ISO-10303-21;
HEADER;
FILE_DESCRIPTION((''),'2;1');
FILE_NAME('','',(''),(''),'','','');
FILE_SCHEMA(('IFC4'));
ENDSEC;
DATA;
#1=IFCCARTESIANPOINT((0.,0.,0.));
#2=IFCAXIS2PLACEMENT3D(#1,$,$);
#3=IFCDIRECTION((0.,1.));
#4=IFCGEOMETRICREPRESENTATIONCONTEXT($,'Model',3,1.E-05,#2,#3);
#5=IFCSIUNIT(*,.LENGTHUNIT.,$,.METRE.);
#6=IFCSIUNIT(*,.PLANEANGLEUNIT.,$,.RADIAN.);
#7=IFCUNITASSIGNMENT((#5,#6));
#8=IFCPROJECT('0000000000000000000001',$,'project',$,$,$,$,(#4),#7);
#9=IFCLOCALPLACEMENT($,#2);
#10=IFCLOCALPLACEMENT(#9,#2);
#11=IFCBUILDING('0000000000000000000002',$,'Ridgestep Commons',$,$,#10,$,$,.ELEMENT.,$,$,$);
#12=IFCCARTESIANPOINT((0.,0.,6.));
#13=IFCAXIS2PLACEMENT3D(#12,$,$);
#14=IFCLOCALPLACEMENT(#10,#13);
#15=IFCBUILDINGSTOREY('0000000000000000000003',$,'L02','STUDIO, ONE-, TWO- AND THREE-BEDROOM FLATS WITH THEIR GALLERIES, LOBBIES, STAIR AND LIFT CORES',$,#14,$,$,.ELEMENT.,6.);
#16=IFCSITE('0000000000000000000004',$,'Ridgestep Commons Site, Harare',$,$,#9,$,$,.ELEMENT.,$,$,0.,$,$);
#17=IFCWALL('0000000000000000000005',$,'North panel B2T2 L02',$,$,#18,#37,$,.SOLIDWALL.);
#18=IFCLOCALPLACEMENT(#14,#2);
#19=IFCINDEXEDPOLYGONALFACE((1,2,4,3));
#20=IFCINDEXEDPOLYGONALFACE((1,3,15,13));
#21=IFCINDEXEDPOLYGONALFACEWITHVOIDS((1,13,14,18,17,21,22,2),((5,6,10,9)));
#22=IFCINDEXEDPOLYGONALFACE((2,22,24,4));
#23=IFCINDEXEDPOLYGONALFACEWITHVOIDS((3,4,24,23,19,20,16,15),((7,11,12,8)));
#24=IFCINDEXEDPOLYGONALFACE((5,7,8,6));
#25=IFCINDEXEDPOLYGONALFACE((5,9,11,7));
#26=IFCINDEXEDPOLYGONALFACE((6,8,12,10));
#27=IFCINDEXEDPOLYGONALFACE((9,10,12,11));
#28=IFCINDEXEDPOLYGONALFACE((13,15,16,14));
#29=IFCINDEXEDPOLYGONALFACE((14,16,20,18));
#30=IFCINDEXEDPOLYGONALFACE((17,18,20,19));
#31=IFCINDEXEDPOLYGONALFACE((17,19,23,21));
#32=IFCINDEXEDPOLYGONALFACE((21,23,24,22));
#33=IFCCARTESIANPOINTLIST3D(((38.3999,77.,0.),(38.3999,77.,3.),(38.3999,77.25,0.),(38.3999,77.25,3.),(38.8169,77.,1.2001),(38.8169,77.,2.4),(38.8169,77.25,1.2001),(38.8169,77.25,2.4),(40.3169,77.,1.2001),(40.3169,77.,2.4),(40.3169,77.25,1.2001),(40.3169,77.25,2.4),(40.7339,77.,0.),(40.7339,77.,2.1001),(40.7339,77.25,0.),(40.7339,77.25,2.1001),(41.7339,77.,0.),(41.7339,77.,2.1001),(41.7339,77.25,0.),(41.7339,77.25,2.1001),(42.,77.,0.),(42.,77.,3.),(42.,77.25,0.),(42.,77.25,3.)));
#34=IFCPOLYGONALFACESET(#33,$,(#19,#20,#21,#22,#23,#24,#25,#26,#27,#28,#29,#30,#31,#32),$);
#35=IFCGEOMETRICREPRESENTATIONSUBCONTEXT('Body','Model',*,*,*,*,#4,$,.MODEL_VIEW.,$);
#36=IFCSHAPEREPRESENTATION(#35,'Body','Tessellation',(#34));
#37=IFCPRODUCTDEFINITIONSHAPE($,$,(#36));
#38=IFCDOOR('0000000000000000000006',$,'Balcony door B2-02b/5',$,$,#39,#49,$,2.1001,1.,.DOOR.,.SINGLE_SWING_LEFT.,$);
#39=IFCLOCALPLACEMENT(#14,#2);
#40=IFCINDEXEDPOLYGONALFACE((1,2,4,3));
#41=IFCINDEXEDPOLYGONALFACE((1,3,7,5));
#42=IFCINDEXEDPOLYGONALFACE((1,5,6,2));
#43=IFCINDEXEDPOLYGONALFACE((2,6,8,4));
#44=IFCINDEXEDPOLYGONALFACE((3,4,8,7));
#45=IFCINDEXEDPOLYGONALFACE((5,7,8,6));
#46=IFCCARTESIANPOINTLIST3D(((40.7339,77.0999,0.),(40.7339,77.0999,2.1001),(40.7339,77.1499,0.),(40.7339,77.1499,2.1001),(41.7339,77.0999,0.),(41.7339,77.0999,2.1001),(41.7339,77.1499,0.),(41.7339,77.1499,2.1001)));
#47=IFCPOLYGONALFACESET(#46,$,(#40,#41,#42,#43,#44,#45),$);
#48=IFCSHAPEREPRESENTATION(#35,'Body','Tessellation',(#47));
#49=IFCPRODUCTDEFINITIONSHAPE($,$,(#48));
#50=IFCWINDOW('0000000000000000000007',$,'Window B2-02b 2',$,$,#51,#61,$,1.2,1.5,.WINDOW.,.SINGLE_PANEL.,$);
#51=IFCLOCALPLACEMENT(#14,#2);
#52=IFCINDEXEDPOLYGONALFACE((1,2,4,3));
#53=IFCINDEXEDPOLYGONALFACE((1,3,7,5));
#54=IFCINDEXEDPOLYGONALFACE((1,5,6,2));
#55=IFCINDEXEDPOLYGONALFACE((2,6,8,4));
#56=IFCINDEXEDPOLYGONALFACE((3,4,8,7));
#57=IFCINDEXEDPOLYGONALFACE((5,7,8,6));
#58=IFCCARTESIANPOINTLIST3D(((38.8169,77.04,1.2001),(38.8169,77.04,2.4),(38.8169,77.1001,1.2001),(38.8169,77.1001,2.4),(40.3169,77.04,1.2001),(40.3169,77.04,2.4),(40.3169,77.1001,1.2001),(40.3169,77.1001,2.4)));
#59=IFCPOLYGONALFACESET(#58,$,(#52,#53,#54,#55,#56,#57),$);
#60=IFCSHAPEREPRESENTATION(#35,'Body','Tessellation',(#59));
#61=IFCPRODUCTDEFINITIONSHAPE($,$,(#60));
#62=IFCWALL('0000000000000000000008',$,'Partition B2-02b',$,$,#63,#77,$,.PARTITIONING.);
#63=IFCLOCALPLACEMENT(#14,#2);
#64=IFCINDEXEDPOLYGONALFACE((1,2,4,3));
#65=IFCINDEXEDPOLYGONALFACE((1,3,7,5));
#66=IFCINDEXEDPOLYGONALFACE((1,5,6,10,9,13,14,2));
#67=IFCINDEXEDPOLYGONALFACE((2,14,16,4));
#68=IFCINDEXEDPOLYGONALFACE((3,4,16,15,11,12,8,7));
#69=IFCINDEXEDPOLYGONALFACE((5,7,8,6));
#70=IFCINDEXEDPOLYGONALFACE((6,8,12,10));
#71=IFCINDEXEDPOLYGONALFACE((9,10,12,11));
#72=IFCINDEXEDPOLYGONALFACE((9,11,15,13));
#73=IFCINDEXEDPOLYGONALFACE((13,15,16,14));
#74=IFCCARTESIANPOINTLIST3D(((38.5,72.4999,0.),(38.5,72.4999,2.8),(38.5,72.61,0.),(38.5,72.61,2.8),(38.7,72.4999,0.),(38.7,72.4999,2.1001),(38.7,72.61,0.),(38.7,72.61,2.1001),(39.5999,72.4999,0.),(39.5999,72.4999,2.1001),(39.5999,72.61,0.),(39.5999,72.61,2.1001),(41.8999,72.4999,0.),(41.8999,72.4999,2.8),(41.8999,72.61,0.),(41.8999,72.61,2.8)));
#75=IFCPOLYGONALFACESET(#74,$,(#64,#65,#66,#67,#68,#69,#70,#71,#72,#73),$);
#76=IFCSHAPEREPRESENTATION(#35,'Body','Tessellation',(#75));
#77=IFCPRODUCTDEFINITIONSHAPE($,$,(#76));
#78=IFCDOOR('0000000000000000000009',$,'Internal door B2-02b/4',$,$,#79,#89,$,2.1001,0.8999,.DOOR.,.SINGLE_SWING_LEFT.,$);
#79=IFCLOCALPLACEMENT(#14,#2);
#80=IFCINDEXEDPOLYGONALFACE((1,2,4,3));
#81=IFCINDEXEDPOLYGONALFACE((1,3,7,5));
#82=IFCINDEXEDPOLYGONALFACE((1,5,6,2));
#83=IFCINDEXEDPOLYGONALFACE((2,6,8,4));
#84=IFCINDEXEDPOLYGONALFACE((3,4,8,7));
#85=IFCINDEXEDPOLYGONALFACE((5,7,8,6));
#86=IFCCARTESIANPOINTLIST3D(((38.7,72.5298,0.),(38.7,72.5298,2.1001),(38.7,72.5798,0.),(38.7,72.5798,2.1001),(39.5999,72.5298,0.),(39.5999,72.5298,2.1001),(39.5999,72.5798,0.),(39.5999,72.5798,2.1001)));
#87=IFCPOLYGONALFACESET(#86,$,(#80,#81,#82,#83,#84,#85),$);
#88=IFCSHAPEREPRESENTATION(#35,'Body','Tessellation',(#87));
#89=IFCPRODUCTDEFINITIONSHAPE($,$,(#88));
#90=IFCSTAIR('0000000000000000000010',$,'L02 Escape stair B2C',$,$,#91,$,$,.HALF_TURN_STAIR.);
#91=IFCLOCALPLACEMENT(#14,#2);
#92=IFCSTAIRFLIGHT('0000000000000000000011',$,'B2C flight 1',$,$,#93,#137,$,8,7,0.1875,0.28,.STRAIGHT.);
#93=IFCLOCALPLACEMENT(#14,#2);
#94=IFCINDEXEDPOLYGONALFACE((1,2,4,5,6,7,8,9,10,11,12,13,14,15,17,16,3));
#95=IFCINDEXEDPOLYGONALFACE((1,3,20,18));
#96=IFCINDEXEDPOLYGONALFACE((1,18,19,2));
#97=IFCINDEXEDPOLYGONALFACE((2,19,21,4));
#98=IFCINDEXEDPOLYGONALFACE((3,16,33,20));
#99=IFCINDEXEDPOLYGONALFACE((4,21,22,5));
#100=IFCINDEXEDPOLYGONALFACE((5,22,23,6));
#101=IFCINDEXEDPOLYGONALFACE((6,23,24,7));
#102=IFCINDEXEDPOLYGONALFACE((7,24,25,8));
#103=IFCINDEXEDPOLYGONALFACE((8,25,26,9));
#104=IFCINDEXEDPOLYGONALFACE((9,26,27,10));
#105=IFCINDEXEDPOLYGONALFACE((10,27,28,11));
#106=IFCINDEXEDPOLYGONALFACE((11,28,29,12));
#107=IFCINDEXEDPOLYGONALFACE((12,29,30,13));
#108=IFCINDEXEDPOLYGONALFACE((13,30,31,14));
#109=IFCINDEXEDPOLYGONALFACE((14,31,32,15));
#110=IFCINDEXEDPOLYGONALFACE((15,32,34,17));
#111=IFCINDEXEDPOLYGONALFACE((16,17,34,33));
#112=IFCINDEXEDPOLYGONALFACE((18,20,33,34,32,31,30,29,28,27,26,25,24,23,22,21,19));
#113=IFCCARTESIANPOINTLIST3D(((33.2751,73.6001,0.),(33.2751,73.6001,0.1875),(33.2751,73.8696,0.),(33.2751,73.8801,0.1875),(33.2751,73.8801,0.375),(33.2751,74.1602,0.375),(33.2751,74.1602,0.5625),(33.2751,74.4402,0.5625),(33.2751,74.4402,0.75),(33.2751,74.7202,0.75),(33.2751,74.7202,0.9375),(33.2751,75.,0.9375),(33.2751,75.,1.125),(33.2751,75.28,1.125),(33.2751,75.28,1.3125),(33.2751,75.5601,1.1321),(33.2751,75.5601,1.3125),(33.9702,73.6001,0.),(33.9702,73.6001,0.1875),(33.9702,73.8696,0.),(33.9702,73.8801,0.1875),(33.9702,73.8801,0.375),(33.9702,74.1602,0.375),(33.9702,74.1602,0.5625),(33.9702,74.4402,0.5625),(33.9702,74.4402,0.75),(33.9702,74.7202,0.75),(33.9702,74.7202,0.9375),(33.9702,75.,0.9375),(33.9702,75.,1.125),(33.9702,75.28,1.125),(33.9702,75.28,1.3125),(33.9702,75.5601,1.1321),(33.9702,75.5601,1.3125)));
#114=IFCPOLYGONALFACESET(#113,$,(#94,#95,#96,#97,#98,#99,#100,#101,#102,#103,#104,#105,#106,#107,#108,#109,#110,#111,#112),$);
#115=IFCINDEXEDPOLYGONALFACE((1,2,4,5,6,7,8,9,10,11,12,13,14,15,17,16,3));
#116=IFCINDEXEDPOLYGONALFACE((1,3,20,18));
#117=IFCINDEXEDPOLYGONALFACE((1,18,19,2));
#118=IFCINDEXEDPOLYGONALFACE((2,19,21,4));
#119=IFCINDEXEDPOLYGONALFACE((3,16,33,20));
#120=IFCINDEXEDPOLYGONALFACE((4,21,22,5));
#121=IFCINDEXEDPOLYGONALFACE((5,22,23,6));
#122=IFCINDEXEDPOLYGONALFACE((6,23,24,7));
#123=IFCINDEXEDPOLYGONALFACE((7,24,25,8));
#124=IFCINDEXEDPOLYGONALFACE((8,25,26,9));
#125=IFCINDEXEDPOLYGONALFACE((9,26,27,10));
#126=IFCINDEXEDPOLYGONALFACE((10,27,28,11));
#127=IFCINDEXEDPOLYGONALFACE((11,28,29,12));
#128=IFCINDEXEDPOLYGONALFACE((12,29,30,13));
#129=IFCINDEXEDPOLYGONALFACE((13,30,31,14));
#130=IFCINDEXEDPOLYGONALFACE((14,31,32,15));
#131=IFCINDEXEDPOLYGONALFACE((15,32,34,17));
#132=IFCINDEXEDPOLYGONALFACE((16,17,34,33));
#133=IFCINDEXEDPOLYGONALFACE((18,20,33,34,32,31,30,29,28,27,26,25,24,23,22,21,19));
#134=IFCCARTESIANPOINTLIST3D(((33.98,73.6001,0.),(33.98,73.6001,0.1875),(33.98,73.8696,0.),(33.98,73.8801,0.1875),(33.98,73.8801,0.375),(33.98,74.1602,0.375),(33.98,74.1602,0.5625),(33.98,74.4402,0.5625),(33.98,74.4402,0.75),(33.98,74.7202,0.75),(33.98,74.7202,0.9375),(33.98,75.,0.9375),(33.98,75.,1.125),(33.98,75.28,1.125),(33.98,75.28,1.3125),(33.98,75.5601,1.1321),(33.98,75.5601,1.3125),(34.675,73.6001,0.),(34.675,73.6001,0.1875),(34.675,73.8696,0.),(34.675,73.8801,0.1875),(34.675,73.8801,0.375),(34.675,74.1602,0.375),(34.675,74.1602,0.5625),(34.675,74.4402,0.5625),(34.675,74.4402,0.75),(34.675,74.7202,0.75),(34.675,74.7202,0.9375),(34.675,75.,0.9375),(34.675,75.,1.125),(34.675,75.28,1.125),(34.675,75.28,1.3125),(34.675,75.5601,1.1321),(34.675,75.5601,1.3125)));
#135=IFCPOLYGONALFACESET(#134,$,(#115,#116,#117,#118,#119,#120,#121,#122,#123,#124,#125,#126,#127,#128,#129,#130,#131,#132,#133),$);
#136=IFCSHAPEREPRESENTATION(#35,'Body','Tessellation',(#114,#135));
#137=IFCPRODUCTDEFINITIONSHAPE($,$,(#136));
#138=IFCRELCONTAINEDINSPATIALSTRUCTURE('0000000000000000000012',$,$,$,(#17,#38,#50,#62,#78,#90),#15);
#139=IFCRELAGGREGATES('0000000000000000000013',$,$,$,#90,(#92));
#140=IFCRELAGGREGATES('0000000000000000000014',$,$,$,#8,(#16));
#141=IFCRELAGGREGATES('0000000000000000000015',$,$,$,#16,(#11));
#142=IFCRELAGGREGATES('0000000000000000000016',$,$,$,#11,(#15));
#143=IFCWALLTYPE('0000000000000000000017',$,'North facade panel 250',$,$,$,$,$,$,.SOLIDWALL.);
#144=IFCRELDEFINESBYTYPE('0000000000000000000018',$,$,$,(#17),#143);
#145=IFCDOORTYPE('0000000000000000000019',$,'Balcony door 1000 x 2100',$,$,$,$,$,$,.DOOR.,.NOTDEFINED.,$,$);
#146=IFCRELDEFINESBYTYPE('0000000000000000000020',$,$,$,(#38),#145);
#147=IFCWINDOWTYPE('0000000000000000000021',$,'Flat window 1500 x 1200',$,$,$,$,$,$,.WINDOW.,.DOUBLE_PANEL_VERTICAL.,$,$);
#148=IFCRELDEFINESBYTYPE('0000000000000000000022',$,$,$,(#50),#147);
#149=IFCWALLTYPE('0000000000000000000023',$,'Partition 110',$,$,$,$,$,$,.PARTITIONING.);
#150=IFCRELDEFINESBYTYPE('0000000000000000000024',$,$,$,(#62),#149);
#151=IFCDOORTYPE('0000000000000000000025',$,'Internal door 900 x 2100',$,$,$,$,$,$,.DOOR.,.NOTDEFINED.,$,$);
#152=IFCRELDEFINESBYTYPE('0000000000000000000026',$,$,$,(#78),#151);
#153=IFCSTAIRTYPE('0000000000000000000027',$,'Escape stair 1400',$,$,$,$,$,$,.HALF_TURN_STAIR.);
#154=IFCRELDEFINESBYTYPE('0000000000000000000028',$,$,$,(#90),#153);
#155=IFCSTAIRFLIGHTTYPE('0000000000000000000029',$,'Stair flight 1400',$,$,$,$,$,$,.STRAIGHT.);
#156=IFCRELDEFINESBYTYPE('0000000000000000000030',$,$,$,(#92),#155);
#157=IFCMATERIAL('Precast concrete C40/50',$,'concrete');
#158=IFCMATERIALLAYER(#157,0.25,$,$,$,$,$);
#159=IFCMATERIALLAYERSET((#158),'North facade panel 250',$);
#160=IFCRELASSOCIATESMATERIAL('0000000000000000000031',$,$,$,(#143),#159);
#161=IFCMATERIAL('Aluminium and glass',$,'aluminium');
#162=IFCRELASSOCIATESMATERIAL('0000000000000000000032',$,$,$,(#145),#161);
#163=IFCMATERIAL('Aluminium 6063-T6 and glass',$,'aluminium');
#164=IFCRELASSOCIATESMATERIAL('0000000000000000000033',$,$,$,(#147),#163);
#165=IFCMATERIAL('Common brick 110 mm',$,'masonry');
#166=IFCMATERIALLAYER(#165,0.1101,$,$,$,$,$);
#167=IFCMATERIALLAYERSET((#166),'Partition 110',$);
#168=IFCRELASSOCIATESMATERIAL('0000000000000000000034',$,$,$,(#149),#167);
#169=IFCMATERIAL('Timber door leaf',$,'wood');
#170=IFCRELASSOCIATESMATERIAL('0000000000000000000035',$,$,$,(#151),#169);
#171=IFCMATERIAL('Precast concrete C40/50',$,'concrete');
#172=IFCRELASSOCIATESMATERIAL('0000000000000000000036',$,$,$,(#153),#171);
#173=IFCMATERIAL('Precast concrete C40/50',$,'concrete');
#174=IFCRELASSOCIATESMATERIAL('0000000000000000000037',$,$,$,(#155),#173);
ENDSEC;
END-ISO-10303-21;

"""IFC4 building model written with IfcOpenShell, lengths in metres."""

from ifc_helpers import new_model, si_unit, direction, frame, frame_2d, origin, place, context, subcontext, project, spatial, polyline, rectangle, outline, extrude, material, layer, layer_set, type_object, element, fill, aggregate, save


model = new_model("IFC4")

# Units and contexts
model_context = context("Model", 3, precision=1e-05, world=origin(), true_north=direction((0.0, 1.0)))
body_context = subcontext(model_context, "Body", "Model", "MODEL_VIEW")
ifc_project = project(units=[si_unit("LENGTHUNIT", "METRE"), si_unit("PLANEANGLEUNIT", "RADIAN")], contexts=[model_context])

# Site, building, storey
site_placement = place(None, origin())
site = spatial("IfcSite", under=ifc_project, at=site_placement, Name="Ridgestep Commons Site, Harare", CompositionType="ELEMENT", RefElevation=0.0)
building_placement = place(site_placement, origin())
building = spatial("IfcBuilding", under=site, at=building_placement, Name="Ridgestep Commons", CompositionType="ELEMENT")
storey_placement = place(building_placement, frame((0.0, 0.0, 6.0)))
storey = spatial("IfcBuildingStorey", under=building, at=storey_placement, Name="L02", Description="STUDIO, ONE-, TWO- AND THREE-BEDROOM FLATS WITH THEIR GALLERIES, LOBBIES, STAIR AND LIFT CORES", CompositionType="ELEMENT", Elevation=6.0)

# Shared definitions
ifc_material_1 = material(Name="Precast concrete C40/50", Category="concrete")
ifc_layer_1 = layer(ifc_material_1, 0.25)
ifc_layer_set_1 = layer_set([ifc_layer_1], Name="North facade panel 250")
wall_type_1 = type_object("IfcWallType", Name="North facade panel 250", PredefinedType="SOLIDWALL", material=ifc_layer_set_1)

# Wall, openings, door, window
wall_1_placement = place(storey_placement, frame((38.3999, 77.125, 0.0), z_axis=(0.0, 0.0, 1.0), x_axis=(1.0, 0.0, 0.0)))
wall_1 = element("IfcWall", 1, at=wall_1_placement, inside=storey, type_object=wall_type_1, Name="North panel B2T2 L02", PredefinedType="SOLIDWALL", context=body_context, shape_type="SweptSolid", body=[
    extrude(rectangle(XDim=3.6001, YDim=0.25, at=frame_2d((1.8, 0.0))), origin(), (0.0, 0.0, 1.0), 3.0),
])
opening_1_placement = place(wall_1_placement, frame((0.417, 0.0, 1.2)))
opening_1 = element("IfcOpeningElement", 2, at=opening_1_placement, cuts=wall_1, PredefinedType="OPENING", context=body_context, shape_type="SweptSolid", body=[
    extrude(rectangle(XDim=1.5, YDim=1.2, at=frame_2d((0.75, 0.6001))), frame((0.0, 0.135, 0.0), z_axis=(0.0, -1.0, 0.0), x_axis=(1.0, 0.0, 0.0)), (0.0, 0.0, 1.0), 0.27),
])
opening_2_placement = place(wall_1_placement, frame((2.334, 0.0, 0.0)))
opening_2 = element("IfcOpeningElement", 3, at=opening_2_placement, cuts=wall_1, PredefinedType="OPENING", context=body_context, shape_type="SweptSolid", body=[
    extrude(rectangle(XDim=1.0, YDim=2.1001, at=frame_2d((0.5, 1.05))), frame((0.0, 0.135, 0.0), z_axis=(0.0, -1.0, 0.0), x_axis=(1.0, 0.0, 0.0)), (0.0, 0.0, 1.0), 0.27),
])
ifc_material_2 = material(Name="Aluminium and glass", Category="aluminium")
door_type_1 = type_object("IfcDoorType", Name="Balcony door 1000 x 2100", OperationType="NOTDEFINED", PredefinedType="DOOR", material=ifc_material_2)
door_1_placement = place(opening_2_placement, origin())
door_1 = element("IfcDoor", 4, at=door_1_placement, inside=storey, type_object=door_type_1, Name="Balcony door B2-02b/5", OperationType="SINGLE_SWING_LEFT", OverallHeight=2.1001, OverallWidth=1.0, PredefinedType="DOOR", context=body_context, shape_type="SweptSolid", body=[
    extrude(rectangle(XDim=1.0, YDim=2.1001, at=frame_2d((0.5, 1.05))), frame((0.0, 0.0249, 0.0), z_axis=(0.0, -1.0, 0.0), x_axis=(1.0, 0.0, 0.0)), (0.0, 0.0, 1.0), 0.05),
])
fill(opening_2, door_1)
ifc_material_3 = material(Name="Aluminium 6063-T6 and glass", Category="aluminium")
window_type_1 = type_object("IfcWindowType", Name="Flat window 1500 x 1200", PartitioningType="DOUBLE_PANEL_VERTICAL", PredefinedType="WINDOW", material=ifc_material_3)
window_1_placement = place(opening_1_placement, origin())
window_1 = element("IfcWindow", 5, at=window_1_placement, inside=storey, type_object=window_type_1, Name="Window B2-02b 2", OverallHeight=1.2, OverallWidth=1.5, PartitioningType="SINGLE_PANEL", PredefinedType="WINDOW", context=body_context, shape_type="SweptSolid", body=[
    extrude(rectangle(XDim=1.5, YDim=1.2, at=frame_2d((0.75, 0.6001))), frame((0.0, -0.0249, 0.0), z_axis=(0.0, -1.0, 0.0), x_axis=(1.0, 0.0, 0.0)), (0.0, 0.0, 1.0), 0.0601),
])
fill(opening_1, window_1)

# Wall, opening, door
ifc_material_4 = material(Name="Common brick 110 mm", Category="masonry")
ifc_layer_2 = layer(ifc_material_4, 0.1101)
ifc_layer_set_2 = layer_set([ifc_layer_2], Name="Partition 110")
wall_type_2 = type_object("IfcWallType", Name="Partition 110", PredefinedType="PARTITIONING", material=ifc_layer_set_2)
wall_2_placement = place(storey_placement, frame((38.5, 72.5549, 0.0), z_axis=(0.0, 0.0, 1.0), x_axis=(1.0, 0.0, 0.0)))
wall_2 = element("IfcWall", 6, at=wall_2_placement, inside=storey, type_object=wall_type_2, Name="Partition B2-02b", PredefinedType="PARTITIONING", context=body_context, shape_type="SweptSolid", body=[
    extrude(rectangle(XDim=3.3999, YDim=0.1101, at=frame_2d((1.7, 0.0))), origin(), (0.0, 0.0, 1.0), 2.8),
])
opening_3_placement = place(wall_2_placement, frame((0.2, 0.0, 0.0)))
opening_3 = element("IfcOpeningElement", 7, at=opening_3_placement, cuts=wall_2, PredefinedType="OPENING", context=body_context, shape_type="SweptSolid", body=[
    extrude(rectangle(XDim=0.8999, YDim=2.1001, at=frame_2d((0.45, 1.05))), frame((0.0, 0.0649, 0.0), z_axis=(0.0, -1.0, 0.0), x_axis=(1.0, 0.0, 0.0)), (0.0, 0.0, 1.0), 0.1301),
])
ifc_material_5 = material(Name="Timber door leaf", Category="wood")
door_type_2 = type_object("IfcDoorType", Name="Internal door 900 x 2100", OperationType="NOTDEFINED", PredefinedType="DOOR", material=ifc_material_5)
door_2_placement = place(opening_3_placement, origin())
door_2 = element("IfcDoor", 8, at=door_2_placement, inside=storey, type_object=door_type_2, Name="Internal door B2-02b/4", OperationType="SINGLE_SWING_LEFT", OverallHeight=2.1001, OverallWidth=0.8999, PredefinedType="DOOR", context=body_context, shape_type="SweptSolid", body=[
    extrude(rectangle(XDim=0.8999, YDim=2.1001, at=frame_2d((0.45, 1.05))), frame((0.0, 0.0249, 0.0), z_axis=(0.0, -1.0, 0.0), x_axis=(1.0, 0.0, 0.0)), (0.0, 0.0, 1.0), 0.05),
])
fill(opening_3, door_2)

# Stair, stair flight
ifc_material_6 = material(Name="Precast concrete C40/50", Category="concrete")
stair_type = type_object("IfcStairType", Name="Escape stair 1400", PredefinedType="HALF_TURN_STAIR", material=ifc_material_6)
stair_placement = place(storey_placement, origin())
stair = element("IfcStair", 9, at=stair_placement, inside=storey, type_object=stair_type, Name="L02 Escape stair B2C", PredefinedType="HALF_TURN_STAIR")
ifc_material_7 = material(Name="Precast concrete C40/50", Category="concrete")
stair_flight_type = type_object("IfcStairFlightType", Name="Stair flight 1400", PredefinedType="STRAIGHT", material=ifc_material_7)
stair_flight_placement = place(storey_placement, frame((33.9751, 73.6001, 0.0), z_axis=(0.0, 0.0, 1.0), x_axis=(0.0, 1.0, 0.0)))
stair_flight = element("IfcStairFlight", 10, at=stair_flight_placement, type_object=stair_flight_type, Name="B2C flight 1", NumberOfRisers=8, NumberOfTreads=7, PredefinedType="STRAIGHT", RiserHeight=0.1875, TreadLength=0.28, context=body_context, shape_type="SweptSolid", body=[
    extrude(outline(polyline([(0.0, 0.0), (0.0, 0.1875), (0.28, 0.1875), (0.28, 0.375), (0.5601, 0.375), (0.5601, 0.5625), (0.8401, 0.5625), (0.8401, 0.75), (1.1201, 0.75), (1.1201, 0.9375), (1.3999, 0.9375), (1.3999, 1.125), (1.6799, 1.125), (1.6799, 1.3125), (1.96, 1.3125), (1.96, 1.5), (1.96, 1.1321), (0.2695, 0.0), (0.0, 0.0)])), frame((0.0, 0.7, 0.0), z_axis=(0.0, -1.0, 0.0), x_axis=(1.0, 0.0, 0.0)), (0.0, 0.0, 1.0), 0.6951),
    extrude(outline(polyline([(0.0, 0.0), (0.0, 0.1875), (0.28, 0.1875), (0.28, 0.375), (0.5601, 0.375), (0.5601, 0.5625), (0.8401, 0.5625), (0.8401, 0.75), (1.1201, 0.75), (1.1201, 0.9375), (1.3999, 0.9375), (1.3999, 1.125), (1.6799, 1.125), (1.6799, 1.3125), (1.96, 1.3125), (1.96, 1.5), (1.96, 1.1321), (0.2695, 0.0), (0.0, 0.0)])), frame((0.0, -0.0049, 0.0), z_axis=(0.0, -1.0, 0.0), x_axis=(1.0, 0.0, 0.0)), (0.0, 0.0, 1.0), 0.6951),
])
aggregate(stair, [stair_flight])

save(model, "model.ifc")
